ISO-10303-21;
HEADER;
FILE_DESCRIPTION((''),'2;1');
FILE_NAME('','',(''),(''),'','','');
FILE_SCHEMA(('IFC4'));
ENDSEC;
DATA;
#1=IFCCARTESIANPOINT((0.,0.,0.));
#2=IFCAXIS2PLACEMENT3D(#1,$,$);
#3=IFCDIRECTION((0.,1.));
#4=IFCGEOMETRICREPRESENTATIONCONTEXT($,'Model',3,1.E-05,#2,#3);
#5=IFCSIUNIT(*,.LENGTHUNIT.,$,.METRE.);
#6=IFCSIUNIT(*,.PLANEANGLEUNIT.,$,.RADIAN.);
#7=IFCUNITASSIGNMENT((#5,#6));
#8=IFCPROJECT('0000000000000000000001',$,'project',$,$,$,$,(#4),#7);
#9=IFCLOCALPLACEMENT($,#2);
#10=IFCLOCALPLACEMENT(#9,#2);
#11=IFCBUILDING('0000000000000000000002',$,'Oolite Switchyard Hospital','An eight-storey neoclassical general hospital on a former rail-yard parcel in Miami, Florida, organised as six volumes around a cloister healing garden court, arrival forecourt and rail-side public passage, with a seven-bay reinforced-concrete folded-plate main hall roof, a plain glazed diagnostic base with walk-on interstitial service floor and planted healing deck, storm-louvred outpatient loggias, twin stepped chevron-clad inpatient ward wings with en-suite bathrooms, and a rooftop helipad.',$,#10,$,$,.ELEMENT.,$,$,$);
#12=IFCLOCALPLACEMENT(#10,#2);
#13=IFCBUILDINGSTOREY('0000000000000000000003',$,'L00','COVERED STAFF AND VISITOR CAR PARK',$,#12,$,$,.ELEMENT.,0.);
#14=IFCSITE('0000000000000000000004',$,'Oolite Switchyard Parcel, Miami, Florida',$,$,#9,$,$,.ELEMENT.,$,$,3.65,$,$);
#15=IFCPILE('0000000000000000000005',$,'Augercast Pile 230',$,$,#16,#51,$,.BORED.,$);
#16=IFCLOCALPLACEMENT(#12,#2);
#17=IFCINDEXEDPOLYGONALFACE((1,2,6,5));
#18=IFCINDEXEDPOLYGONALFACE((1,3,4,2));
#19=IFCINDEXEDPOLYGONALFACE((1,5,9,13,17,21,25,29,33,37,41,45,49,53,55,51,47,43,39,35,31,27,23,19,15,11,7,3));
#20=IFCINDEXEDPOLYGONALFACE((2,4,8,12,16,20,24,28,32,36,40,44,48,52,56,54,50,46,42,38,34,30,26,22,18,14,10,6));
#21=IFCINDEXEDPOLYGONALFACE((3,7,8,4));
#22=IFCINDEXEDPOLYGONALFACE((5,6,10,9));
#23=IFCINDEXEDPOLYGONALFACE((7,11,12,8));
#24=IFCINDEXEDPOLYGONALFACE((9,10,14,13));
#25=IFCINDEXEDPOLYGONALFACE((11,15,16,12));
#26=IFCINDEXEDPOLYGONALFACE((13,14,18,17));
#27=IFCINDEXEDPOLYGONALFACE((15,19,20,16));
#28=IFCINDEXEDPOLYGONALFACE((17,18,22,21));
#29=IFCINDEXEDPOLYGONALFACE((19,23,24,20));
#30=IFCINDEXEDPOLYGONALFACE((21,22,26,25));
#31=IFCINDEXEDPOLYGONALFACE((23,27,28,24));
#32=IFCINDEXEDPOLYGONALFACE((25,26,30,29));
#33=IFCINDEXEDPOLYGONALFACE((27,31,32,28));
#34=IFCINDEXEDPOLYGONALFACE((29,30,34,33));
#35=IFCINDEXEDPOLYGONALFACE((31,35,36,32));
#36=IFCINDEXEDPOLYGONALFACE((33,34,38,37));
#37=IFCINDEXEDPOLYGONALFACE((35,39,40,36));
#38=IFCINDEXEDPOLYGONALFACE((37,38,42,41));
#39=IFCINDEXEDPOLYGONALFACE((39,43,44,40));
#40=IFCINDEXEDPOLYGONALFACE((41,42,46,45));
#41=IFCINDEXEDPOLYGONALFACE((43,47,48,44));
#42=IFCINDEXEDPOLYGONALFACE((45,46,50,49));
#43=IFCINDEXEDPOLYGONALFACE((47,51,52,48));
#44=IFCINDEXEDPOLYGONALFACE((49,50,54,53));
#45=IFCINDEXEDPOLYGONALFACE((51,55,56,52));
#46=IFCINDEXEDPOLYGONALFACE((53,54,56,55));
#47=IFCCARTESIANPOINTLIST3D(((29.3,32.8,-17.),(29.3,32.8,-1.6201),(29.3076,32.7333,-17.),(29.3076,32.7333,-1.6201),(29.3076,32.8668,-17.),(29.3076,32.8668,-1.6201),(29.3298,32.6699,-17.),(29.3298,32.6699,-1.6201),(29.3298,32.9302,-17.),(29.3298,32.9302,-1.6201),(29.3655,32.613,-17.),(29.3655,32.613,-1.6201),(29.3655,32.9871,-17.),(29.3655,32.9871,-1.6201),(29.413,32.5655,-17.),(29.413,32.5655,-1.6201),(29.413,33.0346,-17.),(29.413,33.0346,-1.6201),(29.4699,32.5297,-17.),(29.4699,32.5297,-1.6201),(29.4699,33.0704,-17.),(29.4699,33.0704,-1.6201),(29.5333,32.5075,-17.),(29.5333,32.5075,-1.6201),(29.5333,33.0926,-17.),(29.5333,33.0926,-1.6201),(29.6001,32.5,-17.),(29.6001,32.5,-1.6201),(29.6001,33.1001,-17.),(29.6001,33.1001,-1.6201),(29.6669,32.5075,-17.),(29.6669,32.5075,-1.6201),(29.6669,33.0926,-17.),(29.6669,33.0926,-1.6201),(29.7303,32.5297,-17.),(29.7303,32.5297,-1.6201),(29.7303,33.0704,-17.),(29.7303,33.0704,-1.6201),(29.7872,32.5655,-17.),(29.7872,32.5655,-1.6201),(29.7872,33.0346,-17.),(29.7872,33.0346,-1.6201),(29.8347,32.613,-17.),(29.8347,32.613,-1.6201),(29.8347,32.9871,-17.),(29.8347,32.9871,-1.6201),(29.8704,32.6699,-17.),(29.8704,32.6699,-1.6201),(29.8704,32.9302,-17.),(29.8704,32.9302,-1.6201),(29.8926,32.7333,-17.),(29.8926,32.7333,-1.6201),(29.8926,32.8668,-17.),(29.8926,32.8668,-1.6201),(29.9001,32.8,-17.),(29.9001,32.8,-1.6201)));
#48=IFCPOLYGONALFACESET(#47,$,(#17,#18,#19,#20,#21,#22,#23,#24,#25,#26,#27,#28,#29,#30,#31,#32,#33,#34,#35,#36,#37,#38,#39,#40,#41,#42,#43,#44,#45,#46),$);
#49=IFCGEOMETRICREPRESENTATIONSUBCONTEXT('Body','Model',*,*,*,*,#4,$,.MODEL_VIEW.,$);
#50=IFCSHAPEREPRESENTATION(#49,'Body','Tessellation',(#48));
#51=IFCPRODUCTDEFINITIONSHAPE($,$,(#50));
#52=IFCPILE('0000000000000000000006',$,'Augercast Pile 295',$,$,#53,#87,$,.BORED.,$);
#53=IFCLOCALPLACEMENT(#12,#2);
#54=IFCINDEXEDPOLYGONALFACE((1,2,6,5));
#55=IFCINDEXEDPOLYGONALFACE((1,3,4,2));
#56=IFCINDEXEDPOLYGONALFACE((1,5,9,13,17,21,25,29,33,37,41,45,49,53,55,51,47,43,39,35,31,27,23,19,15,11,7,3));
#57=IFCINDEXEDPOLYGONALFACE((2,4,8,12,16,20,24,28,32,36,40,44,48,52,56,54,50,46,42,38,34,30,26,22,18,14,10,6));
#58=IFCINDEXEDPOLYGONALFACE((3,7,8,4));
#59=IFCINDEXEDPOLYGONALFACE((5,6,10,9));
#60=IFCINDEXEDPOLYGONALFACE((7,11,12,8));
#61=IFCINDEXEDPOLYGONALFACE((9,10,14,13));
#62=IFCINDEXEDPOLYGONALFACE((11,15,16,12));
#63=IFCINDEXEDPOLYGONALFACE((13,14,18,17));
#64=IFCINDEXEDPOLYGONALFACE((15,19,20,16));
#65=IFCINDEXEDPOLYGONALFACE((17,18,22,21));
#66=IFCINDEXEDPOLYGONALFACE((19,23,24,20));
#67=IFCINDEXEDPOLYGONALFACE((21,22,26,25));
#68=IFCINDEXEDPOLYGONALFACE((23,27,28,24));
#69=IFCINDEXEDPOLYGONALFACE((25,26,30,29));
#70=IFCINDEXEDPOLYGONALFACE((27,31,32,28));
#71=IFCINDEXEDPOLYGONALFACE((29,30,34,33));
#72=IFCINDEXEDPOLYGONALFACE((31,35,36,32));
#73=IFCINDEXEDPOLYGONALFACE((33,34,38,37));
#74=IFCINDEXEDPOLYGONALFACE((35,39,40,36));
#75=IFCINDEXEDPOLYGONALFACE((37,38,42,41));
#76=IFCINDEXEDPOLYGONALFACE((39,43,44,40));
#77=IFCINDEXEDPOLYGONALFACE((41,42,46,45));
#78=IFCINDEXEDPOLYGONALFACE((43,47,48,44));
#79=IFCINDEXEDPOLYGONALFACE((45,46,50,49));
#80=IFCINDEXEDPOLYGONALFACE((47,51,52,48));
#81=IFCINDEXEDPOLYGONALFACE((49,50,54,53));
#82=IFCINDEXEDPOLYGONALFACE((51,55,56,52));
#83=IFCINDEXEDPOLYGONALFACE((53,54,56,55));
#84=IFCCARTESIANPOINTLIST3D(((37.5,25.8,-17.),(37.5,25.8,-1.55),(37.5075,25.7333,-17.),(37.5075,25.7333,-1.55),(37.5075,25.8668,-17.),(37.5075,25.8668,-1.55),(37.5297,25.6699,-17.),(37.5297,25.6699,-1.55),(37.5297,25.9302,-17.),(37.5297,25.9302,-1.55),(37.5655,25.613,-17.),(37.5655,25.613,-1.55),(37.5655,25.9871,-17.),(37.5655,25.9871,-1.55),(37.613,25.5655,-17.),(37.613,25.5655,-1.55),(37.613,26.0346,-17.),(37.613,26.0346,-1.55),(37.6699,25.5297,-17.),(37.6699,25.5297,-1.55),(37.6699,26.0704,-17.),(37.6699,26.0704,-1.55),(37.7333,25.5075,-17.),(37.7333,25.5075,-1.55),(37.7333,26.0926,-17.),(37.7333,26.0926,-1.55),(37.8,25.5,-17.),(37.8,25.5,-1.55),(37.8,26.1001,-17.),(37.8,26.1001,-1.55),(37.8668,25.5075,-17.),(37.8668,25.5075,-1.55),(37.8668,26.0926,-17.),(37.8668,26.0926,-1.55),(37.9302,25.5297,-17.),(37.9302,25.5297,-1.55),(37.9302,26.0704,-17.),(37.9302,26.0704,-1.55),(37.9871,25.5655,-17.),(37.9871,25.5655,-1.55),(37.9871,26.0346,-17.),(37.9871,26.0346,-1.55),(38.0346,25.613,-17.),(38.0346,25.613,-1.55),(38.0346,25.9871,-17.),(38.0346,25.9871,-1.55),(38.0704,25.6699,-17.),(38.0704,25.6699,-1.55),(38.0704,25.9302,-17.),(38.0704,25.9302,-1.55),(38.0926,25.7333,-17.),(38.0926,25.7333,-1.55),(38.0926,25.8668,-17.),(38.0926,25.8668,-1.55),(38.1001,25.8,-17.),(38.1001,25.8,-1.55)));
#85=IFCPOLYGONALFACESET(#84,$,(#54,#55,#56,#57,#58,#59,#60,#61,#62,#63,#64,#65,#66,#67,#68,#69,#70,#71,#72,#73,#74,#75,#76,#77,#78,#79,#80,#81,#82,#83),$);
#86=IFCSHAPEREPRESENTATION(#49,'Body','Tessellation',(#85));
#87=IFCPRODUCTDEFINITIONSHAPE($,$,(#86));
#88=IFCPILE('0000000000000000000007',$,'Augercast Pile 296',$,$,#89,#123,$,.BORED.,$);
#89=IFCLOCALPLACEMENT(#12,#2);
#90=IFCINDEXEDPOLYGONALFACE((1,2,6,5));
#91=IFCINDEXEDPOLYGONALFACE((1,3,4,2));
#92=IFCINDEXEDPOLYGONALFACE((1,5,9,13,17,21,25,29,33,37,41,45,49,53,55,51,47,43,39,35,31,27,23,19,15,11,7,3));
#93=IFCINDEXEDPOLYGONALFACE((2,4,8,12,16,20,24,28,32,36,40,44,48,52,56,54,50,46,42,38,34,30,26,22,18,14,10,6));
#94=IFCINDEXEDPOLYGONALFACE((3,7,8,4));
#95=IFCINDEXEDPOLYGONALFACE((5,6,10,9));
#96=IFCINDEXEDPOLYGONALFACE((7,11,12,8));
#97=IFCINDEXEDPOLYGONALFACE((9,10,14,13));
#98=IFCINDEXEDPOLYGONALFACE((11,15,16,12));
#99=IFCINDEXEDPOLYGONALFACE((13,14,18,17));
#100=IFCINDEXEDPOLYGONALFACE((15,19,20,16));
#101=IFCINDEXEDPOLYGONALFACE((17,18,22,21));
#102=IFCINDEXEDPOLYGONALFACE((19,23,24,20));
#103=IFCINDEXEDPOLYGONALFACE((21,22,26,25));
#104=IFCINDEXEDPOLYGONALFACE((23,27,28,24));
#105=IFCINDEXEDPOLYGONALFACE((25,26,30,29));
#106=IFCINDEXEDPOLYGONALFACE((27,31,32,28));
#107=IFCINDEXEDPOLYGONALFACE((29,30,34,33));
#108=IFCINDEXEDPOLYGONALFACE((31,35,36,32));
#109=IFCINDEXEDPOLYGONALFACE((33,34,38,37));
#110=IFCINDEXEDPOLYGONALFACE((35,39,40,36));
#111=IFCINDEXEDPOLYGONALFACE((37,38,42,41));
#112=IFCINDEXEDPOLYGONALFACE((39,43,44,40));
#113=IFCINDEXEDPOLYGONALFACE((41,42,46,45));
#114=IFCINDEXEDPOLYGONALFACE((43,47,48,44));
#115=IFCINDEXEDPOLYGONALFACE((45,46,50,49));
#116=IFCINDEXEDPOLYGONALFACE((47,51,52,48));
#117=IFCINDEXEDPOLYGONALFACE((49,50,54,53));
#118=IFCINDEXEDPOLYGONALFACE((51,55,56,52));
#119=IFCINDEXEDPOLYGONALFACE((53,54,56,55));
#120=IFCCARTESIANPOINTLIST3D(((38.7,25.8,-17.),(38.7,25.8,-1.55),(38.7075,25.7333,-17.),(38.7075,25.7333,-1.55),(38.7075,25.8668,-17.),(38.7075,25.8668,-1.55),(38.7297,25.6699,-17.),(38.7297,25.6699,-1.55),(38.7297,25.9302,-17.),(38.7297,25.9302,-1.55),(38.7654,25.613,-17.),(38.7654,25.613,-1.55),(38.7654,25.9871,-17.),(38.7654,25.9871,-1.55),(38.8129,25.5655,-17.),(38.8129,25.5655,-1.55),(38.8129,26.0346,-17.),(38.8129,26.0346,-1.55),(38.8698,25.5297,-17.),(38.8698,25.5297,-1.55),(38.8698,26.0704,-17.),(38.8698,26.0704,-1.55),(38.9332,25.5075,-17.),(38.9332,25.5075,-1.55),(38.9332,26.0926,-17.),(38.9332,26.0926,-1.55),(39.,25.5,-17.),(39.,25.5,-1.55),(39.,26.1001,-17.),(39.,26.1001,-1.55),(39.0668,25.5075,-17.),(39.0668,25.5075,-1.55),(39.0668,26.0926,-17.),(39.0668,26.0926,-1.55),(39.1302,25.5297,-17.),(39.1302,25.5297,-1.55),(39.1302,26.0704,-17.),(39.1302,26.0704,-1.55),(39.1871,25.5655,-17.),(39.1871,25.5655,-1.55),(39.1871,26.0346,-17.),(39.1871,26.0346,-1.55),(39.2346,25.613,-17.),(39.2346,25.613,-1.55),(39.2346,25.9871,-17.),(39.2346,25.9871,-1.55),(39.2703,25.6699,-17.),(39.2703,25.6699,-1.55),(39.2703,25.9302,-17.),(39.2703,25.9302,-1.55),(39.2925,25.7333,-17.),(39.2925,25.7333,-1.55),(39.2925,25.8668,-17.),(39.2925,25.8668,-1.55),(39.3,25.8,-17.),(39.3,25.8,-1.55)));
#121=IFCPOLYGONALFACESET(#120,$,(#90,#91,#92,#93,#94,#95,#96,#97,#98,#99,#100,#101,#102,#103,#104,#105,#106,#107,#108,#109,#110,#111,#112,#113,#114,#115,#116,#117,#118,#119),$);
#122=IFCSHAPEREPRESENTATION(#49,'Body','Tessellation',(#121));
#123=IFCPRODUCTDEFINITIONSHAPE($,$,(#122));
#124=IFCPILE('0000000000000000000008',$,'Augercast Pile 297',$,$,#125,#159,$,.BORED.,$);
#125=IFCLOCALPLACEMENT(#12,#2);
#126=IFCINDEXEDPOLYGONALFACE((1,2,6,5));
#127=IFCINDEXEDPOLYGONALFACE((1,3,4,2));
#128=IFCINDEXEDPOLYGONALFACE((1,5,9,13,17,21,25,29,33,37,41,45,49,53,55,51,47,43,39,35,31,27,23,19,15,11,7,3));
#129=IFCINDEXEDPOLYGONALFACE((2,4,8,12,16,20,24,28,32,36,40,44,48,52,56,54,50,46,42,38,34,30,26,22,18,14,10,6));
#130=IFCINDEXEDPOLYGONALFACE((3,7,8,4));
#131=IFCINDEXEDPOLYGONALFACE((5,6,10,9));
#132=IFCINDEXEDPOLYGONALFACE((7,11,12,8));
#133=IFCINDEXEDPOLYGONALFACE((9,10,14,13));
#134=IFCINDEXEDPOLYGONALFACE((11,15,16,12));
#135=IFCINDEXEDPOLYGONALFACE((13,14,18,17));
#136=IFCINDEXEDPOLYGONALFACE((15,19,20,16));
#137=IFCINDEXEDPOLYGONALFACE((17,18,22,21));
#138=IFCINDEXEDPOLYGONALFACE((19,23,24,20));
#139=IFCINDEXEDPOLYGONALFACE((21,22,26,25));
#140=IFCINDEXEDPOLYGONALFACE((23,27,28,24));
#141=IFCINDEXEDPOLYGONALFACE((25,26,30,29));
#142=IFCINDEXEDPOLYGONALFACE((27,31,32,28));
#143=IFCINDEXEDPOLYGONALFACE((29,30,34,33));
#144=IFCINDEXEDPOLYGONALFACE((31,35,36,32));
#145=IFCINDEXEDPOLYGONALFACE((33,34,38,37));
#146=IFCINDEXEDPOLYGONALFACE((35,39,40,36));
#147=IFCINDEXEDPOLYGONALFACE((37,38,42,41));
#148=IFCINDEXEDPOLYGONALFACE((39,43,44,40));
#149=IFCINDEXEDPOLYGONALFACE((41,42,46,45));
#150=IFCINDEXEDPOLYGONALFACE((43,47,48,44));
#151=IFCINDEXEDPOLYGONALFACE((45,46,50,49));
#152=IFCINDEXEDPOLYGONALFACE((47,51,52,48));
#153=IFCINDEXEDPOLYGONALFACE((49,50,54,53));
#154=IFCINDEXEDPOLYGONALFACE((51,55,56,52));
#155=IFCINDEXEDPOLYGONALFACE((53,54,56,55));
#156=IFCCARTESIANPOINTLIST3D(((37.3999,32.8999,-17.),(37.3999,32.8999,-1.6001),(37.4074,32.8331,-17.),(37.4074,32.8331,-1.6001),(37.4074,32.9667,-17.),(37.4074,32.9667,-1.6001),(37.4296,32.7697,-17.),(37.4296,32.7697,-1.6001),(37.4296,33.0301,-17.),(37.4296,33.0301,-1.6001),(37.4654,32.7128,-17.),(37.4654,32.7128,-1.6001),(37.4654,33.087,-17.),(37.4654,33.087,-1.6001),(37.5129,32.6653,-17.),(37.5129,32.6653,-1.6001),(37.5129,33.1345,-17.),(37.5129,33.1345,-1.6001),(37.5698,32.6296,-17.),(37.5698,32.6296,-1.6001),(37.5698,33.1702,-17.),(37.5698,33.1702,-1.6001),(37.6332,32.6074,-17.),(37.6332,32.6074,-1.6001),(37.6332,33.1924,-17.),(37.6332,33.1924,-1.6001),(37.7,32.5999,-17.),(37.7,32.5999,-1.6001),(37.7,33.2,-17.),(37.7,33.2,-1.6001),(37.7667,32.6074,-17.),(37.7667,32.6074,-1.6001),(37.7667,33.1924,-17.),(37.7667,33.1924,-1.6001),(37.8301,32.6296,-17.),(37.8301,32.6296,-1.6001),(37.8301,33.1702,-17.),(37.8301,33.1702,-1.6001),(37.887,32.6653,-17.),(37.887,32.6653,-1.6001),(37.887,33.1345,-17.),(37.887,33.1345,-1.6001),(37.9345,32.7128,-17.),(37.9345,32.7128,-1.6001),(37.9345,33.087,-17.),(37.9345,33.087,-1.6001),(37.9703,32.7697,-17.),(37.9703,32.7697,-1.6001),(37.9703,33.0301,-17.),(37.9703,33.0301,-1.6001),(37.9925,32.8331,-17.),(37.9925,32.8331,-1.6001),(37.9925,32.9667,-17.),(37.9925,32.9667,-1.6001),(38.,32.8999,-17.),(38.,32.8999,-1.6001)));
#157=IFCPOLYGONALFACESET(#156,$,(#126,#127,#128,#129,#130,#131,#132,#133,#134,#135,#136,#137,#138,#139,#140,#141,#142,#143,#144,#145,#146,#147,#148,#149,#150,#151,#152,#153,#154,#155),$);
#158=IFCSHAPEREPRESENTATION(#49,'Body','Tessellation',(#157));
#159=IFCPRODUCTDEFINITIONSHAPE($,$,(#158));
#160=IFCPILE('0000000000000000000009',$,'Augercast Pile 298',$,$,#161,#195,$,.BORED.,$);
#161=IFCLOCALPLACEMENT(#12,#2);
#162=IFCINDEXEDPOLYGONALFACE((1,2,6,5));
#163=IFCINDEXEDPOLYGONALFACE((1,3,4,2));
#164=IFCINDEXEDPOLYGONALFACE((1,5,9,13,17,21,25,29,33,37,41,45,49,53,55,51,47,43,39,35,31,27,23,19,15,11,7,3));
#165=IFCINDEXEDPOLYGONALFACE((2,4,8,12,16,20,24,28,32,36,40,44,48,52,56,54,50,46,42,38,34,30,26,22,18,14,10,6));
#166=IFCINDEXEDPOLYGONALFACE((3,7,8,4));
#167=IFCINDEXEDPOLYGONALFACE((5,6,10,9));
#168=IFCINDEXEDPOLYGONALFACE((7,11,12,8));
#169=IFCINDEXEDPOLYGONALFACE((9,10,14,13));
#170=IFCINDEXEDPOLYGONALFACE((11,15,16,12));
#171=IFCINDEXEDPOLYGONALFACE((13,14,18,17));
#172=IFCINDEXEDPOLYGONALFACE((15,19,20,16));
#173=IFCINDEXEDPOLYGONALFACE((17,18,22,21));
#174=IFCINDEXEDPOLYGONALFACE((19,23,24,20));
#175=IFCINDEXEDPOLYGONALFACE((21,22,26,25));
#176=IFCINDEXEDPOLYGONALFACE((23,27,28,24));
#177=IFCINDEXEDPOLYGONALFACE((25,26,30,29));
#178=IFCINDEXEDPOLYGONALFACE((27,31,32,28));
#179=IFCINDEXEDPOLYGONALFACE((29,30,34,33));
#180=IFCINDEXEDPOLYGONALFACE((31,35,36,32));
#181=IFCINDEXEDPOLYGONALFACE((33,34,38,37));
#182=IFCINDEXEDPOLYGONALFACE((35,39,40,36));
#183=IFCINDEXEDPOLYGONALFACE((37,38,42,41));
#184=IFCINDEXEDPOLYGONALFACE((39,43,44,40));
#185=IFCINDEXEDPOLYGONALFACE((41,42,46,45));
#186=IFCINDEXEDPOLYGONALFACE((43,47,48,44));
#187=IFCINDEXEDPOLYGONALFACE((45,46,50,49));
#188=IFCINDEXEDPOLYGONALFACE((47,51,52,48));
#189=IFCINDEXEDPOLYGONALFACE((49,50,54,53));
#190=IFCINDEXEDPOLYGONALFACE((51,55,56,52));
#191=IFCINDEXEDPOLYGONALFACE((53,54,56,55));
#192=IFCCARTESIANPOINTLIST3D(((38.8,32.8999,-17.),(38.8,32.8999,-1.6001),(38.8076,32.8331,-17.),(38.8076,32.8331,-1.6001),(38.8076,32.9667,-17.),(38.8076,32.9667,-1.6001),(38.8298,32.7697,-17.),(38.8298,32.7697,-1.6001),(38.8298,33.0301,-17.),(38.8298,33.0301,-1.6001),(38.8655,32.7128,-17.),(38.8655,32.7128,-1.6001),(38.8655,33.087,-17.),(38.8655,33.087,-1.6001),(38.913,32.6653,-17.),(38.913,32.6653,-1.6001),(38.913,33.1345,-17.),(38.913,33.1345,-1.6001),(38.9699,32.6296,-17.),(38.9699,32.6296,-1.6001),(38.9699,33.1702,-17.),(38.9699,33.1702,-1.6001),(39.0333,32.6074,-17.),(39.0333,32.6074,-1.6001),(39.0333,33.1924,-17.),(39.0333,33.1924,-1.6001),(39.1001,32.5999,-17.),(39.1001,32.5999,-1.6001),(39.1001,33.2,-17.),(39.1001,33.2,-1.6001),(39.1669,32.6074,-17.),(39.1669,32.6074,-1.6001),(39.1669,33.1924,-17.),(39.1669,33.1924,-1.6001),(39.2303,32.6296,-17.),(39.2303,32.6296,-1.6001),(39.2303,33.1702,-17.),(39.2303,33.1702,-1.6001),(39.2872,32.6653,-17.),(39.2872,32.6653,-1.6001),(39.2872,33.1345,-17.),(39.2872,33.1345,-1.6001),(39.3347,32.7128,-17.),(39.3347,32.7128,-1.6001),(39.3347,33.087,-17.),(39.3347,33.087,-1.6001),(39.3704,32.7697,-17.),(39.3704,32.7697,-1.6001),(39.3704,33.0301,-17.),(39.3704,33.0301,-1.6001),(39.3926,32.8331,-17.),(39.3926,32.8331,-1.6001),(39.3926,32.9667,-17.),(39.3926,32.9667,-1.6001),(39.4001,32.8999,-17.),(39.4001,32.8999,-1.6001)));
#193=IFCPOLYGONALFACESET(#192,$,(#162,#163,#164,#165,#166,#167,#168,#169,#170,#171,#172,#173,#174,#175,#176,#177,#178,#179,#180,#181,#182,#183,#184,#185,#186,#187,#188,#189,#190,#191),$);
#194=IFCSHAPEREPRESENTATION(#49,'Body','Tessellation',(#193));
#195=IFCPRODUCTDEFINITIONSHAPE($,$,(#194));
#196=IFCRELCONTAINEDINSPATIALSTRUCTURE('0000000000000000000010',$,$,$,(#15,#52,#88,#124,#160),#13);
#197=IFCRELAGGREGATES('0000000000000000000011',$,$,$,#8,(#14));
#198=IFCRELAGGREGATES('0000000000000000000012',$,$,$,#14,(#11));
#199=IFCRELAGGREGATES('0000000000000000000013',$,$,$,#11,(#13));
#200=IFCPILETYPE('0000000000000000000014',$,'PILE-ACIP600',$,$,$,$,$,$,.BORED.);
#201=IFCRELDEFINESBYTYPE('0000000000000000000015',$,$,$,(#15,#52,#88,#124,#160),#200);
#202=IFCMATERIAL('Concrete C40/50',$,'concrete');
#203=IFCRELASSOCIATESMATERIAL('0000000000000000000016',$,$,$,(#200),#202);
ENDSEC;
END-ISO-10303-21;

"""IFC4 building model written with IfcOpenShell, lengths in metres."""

from ifc_helpers import new_model, si_unit, direction, frame, origin, origin_2d, place, context, subcontext, project, spatial, circle, extrude, material, material_profile, profile_set, type_object, element, save


model = new_model("IFC4")

# Units and contexts
model_context = context("Model", 3, precision=1e-05, world=origin(), true_north=direction((0.0, 1.0)))
body_context = subcontext(model_context, "Body", "Model", "MODEL_VIEW")
ifc_project = project(units=[si_unit("LENGTHUNIT", "METRE"), si_unit("PLANEANGLEUNIT", "RADIAN")], contexts=[model_context])

# Site, building, storey
site_placement = place(None, origin())
site = spatial("IfcSite", under=ifc_project, at=site_placement, Name="Oolite Switchyard Parcel, Miami, Florida", CompositionType="ELEMENT", RefElevation=3.65)
building_placement = place(site_placement, origin())
building = spatial("IfcBuilding", under=site, at=building_placement, Name="Oolite Switchyard Hospital", Description="An eight-storey neoclassical general hospital on a former rail-yard parcel in Miami, Florida, organised as six volumes around a cloister healing garden court, arrival forecourt and rail-side public passage, with a seven-bay reinforced-concrete folded-plate main hall roof, a plain glazed diagnostic base with walk-on interstitial service floor and planted healing deck, storm-louvred outpatient loggias, twin stepped chevron-clad inpatient ward wings with en-suite bathrooms, and a rooftop helipad.", CompositionType="ELEMENT")
storey_placement = place(building_placement, origin())
storey = spatial("IfcBuildingStorey", under=building, at=storey_placement, Name="L00", Description="COVERED STAFF AND VISITOR CAR PARK", CompositionType="ELEMENT", Elevation=0.0)

# Shared definitions
ifc_material_1 = material(Name="Concrete C40/50", Category="concrete")

# Piles
ifc_material_profile_1 = material_profile(ifc_material_1, circle(Radius=0.3, at=origin_2d()), Name="PILE600")
ifc_profile_set_1 = profile_set([ifc_material_profile_1], Name="Concrete C40/50")
pile_type = type_object("IfcPileType", Name="PILE-ACIP600", PredefinedType="BORED", material=ifc_profile_set_1)
pile_1_placement = place(storey_placement, frame((29.6001, 32.8, -1.6201), z_axis=(0.0, 0.0, -1.0), x_axis=(1.0, 0.0, 0.0)))
element("IfcPile", 1, at=pile_1_placement, inside=storey, type_object=pile_type, Name="Augercast Pile 230", PredefinedType="BORED", context=body_context, shape_type="SweptSolid", body=[
    extrude(circle(Radius=0.3, at=origin_2d()), origin(), (0.0, 0.0, 1.0), 15.3799),
])
for number, where, z_axis, x_axis, name in (
    (2, (37.8, 25.8, -1.55), (0.0, 0.0, -1.0), (1.0, 0.0, 0.0), "Augercast Pile 295"),
    (3, (39.0, 25.8, -1.55), (0.0, 0.0, -1.0), (1.0, 0.0, 0.0), "Augercast Pile 296"),
):
    element("IfcPile", number, at=place(storey_placement, frame(where, z_axis=z_axis, x_axis=x_axis)), inside=storey, type_object=pile_type, Name=name, PredefinedType="BORED", context=body_context, shape_type="SweptSolid", body=[
        extrude(circle(Radius=0.3, at=origin_2d()), origin(), (0.0, 0.0, 1.0), 15.45),
    ])
for number, where, z_axis, x_axis, name in (
    (4, (37.7, 32.8999, -1.6001), (0.0, 0.0, -1.0), (1.0, 0.0, 0.0), "Augercast Pile 297"),
    (5, (39.1001, 32.8999, -1.6001), (0.0, 0.0, -1.0), (1.0, 0.0, 0.0), "Augercast Pile 298"),
):
    element("IfcPile", number, at=place(storey_placement, frame(where, z_axis=z_axis, x_axis=x_axis)), inside=storey, type_object=pile_type, Name=name, PredefinedType="BORED", context=body_context, shape_type="SweptSolid", body=[
        extrude(circle(Radius=0.3, at=origin_2d()), origin(), (0.0, 0.0, 1.0), 15.3999),
    ])

save(model, "model.ifc")
